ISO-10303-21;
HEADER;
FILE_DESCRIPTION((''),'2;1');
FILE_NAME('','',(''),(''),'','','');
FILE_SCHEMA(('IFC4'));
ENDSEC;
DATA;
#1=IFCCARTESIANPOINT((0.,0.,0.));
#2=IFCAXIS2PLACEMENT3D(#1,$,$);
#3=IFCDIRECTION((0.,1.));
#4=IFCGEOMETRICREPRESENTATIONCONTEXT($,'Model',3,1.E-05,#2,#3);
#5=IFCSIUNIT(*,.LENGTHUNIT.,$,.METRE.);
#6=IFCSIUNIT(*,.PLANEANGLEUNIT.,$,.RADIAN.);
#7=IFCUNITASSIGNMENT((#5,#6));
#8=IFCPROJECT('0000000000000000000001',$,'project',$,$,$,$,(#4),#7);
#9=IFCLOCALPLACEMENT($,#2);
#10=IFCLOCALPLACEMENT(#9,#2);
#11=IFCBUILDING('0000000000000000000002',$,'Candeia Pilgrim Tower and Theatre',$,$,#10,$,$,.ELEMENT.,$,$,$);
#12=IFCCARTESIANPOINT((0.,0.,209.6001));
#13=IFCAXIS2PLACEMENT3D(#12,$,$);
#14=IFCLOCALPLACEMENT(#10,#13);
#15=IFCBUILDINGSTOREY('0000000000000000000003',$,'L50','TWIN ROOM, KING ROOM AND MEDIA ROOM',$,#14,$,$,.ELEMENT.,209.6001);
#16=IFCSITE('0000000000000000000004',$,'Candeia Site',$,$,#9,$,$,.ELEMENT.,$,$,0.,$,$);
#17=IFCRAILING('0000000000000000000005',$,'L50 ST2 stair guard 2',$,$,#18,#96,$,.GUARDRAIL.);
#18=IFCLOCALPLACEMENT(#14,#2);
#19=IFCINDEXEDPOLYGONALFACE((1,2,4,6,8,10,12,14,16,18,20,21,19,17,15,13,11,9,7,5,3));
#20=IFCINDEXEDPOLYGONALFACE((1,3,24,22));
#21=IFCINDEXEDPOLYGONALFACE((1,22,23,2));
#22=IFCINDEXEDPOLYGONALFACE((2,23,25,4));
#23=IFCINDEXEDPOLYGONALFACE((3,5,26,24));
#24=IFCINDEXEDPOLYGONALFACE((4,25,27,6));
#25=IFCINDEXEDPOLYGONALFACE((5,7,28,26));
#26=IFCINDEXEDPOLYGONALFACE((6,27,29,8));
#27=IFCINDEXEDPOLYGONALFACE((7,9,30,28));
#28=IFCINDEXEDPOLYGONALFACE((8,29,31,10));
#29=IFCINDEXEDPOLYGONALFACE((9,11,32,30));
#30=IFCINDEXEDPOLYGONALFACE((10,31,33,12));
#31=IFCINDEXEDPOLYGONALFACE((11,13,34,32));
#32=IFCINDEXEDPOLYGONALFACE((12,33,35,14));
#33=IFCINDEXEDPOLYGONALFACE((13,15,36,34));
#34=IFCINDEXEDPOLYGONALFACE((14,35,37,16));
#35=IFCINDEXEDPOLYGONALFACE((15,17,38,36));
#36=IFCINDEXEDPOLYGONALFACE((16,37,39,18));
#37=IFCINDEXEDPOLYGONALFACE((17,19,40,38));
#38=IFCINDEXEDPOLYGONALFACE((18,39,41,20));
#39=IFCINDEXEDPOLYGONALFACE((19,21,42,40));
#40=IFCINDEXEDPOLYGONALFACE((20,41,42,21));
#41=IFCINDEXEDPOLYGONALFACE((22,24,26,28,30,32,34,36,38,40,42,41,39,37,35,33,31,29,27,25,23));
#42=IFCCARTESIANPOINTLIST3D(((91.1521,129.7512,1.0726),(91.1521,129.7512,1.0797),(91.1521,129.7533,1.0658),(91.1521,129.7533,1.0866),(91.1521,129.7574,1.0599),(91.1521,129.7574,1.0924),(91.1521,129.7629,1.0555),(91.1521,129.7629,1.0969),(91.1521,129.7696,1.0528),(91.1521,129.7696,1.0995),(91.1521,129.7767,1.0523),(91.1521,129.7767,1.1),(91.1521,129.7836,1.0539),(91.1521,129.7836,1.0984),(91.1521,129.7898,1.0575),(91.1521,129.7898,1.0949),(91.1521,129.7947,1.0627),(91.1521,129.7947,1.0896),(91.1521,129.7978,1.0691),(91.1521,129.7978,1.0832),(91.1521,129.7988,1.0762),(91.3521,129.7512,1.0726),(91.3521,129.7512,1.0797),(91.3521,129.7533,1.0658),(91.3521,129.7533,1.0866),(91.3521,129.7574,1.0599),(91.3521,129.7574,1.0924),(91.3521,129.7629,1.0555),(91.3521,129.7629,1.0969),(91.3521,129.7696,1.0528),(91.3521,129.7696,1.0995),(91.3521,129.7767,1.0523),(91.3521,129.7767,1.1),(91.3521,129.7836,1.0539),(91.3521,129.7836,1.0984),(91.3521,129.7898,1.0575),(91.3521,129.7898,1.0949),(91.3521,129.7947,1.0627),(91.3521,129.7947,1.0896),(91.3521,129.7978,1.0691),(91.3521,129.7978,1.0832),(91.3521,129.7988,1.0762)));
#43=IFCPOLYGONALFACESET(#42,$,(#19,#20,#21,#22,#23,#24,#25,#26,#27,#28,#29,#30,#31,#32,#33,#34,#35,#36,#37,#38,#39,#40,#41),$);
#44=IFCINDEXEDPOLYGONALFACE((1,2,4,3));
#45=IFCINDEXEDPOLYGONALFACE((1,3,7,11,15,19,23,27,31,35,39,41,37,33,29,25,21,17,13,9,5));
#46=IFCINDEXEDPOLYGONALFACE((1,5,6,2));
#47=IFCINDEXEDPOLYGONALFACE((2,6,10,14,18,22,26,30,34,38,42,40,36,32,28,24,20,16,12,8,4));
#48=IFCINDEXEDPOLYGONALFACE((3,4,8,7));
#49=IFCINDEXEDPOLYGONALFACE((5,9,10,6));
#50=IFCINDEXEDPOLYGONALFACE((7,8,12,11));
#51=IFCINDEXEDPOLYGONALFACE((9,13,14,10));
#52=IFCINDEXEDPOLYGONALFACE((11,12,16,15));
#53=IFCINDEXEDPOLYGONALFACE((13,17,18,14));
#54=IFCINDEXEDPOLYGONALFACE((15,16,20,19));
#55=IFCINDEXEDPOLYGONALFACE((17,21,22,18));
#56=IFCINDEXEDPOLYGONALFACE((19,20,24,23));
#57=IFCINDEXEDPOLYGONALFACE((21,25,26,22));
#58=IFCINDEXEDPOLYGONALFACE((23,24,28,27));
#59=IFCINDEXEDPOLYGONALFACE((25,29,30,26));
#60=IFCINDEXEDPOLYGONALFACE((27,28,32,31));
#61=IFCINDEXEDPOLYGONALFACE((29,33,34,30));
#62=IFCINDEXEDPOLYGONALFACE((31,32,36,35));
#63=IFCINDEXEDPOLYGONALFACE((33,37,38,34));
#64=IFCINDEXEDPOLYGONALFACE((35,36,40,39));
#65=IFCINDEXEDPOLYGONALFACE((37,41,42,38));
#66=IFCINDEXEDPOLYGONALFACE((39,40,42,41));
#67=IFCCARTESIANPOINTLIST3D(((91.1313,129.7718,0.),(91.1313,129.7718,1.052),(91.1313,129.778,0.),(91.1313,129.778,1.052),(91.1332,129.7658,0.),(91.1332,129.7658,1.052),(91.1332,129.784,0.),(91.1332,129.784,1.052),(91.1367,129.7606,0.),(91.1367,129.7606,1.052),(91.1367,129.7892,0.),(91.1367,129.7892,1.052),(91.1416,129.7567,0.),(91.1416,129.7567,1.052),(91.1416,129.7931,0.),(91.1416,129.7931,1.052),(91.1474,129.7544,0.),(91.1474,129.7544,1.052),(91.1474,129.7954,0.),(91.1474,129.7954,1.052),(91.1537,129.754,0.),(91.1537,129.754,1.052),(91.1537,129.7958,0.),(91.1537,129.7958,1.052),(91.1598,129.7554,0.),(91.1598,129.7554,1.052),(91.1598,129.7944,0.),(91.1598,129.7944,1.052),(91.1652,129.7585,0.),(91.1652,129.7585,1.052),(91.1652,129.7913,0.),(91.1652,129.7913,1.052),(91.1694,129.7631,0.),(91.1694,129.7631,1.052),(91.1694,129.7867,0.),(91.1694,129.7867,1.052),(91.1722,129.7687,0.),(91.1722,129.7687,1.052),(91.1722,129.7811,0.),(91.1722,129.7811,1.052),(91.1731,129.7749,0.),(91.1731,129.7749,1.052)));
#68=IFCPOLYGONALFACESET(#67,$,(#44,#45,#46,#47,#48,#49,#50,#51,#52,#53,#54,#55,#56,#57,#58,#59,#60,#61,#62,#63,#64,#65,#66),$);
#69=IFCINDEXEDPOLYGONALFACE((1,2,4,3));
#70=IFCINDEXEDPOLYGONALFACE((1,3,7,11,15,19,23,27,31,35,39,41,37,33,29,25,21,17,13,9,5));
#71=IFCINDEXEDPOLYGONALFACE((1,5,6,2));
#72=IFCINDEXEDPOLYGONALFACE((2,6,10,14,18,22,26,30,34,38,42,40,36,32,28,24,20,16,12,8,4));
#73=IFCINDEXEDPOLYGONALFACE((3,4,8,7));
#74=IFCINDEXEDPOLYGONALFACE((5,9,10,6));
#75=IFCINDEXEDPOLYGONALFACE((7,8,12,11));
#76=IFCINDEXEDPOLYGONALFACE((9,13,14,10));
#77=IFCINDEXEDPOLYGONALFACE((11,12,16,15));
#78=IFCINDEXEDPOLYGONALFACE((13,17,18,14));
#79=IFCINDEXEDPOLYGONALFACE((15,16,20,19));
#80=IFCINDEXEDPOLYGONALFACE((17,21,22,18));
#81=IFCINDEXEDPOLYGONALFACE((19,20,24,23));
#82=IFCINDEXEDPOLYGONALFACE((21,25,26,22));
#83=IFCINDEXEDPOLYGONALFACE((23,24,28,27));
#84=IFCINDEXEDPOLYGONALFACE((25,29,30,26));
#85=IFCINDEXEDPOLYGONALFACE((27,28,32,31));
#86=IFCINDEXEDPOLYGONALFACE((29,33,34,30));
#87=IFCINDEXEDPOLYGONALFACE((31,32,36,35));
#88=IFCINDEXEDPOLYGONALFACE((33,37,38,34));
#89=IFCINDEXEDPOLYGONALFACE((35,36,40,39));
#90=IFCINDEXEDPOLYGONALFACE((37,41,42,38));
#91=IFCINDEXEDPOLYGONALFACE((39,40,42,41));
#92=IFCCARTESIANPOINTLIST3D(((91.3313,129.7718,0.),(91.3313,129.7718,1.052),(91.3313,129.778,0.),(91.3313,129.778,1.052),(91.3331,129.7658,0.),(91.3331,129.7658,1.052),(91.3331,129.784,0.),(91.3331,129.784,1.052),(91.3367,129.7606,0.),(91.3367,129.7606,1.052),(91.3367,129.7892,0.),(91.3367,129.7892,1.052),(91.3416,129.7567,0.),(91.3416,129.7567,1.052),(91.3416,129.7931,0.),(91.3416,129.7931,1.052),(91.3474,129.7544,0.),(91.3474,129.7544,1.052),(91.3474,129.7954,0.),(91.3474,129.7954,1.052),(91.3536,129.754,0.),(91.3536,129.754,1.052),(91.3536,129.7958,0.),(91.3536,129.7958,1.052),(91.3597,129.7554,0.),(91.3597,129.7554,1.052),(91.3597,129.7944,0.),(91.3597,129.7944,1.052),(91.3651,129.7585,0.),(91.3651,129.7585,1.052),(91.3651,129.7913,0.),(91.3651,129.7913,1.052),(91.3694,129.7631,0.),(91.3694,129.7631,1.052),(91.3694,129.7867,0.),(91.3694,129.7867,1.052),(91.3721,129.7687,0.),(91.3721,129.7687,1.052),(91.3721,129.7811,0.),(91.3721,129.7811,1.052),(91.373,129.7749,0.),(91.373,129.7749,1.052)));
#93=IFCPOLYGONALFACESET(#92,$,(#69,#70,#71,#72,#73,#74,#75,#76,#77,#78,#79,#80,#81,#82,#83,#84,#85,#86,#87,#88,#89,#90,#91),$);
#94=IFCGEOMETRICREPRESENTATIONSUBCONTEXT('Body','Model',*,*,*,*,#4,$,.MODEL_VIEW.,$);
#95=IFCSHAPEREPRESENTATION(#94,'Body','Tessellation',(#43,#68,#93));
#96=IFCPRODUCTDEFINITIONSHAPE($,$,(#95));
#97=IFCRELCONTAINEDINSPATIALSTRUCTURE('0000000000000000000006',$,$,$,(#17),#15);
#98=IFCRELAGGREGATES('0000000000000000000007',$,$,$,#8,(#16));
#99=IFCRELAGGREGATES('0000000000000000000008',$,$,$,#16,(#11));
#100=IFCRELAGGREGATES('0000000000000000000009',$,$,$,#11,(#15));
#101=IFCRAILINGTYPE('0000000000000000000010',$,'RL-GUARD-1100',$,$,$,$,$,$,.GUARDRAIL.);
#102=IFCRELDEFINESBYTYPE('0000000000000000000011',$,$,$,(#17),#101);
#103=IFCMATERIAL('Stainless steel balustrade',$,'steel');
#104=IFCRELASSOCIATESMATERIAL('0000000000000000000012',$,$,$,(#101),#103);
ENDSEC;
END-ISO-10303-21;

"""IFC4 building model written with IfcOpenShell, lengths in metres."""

from ifc_helpers import new_model, si_unit, direction, frame, origin, origin_2d, place, context, subcontext, project, spatial, circle, extrude, material, type_object, element, save


model = new_model("IFC4")

# Units and contexts
model_context = context("Model", 3, precision=1e-05, world=origin(), true_north=direction((0.0, 1.0)))
body_context = subcontext(model_context, "Body", "Model", "MODEL_VIEW")
ifc_project = project(units=[si_unit("LENGTHUNIT", "METRE"), si_unit("PLANEANGLEUNIT", "RADIAN")], contexts=[model_context])

# Site, building, storey
site_placement = place(None, origin())
site = spatial("IfcSite", under=ifc_project, at=site_placement, Name="Candeia Site", CompositionType="ELEMENT", RefElevation=0.0)
building_placement = place(site_placement, origin())
building = spatial("IfcBuilding", under=site, at=building_placement, Name="Candeia Pilgrim Tower and Theatre", CompositionType="ELEMENT")
storey_placement = place(building_placement, frame((0.0, 0.0, 209.6001)))
storey = spatial("IfcBuildingStorey", under=building, at=storey_placement, Name="L50", Description="TWIN ROOM, KING ROOM AND MEDIA ROOM", CompositionType="ELEMENT", Elevation=209.6001)

# Shared definitions
ifc_material_1 = material(Name="Stainless steel balustrade", Category="steel")

# Railing
railing_type_1 = type_object("IfcRailingType", Name="RL-GUARD-1100", PredefinedType="GUARDRAIL", material=ifc_material_1)
railing_1_placement = place(storey_placement, frame((91.1521, 129.7749, 0.0)))
element("IfcRailing", 1, at=railing_1_placement, inside=storey, type_object=railing_type_1, Name="L50 ST2 stair guard 2", PredefinedType="GUARDRAIL", context=body_context, shape_type="SweptSolid", body=[
    extrude(circle(Radius=0.0239, at=origin_2d()), frame((0.0, 0.0, 1.0762), z_axis=(1.0, 0.0, 0.0), x_axis=(0.0, 1.0, 0.0)), (0.0, 0.0, 1.0), 0.2),
    extrude(circle(Radius=0.021, at=origin_2d()), origin(), (0.0, 0.0, 1.0), 1.052),
    extrude(circle(Radius=0.021, at=origin_2d()), frame((0.2, 0.0, 0.0)), (0.0, 0.0, 1.0), 1.052),
])

save(model, "model.ifc")
